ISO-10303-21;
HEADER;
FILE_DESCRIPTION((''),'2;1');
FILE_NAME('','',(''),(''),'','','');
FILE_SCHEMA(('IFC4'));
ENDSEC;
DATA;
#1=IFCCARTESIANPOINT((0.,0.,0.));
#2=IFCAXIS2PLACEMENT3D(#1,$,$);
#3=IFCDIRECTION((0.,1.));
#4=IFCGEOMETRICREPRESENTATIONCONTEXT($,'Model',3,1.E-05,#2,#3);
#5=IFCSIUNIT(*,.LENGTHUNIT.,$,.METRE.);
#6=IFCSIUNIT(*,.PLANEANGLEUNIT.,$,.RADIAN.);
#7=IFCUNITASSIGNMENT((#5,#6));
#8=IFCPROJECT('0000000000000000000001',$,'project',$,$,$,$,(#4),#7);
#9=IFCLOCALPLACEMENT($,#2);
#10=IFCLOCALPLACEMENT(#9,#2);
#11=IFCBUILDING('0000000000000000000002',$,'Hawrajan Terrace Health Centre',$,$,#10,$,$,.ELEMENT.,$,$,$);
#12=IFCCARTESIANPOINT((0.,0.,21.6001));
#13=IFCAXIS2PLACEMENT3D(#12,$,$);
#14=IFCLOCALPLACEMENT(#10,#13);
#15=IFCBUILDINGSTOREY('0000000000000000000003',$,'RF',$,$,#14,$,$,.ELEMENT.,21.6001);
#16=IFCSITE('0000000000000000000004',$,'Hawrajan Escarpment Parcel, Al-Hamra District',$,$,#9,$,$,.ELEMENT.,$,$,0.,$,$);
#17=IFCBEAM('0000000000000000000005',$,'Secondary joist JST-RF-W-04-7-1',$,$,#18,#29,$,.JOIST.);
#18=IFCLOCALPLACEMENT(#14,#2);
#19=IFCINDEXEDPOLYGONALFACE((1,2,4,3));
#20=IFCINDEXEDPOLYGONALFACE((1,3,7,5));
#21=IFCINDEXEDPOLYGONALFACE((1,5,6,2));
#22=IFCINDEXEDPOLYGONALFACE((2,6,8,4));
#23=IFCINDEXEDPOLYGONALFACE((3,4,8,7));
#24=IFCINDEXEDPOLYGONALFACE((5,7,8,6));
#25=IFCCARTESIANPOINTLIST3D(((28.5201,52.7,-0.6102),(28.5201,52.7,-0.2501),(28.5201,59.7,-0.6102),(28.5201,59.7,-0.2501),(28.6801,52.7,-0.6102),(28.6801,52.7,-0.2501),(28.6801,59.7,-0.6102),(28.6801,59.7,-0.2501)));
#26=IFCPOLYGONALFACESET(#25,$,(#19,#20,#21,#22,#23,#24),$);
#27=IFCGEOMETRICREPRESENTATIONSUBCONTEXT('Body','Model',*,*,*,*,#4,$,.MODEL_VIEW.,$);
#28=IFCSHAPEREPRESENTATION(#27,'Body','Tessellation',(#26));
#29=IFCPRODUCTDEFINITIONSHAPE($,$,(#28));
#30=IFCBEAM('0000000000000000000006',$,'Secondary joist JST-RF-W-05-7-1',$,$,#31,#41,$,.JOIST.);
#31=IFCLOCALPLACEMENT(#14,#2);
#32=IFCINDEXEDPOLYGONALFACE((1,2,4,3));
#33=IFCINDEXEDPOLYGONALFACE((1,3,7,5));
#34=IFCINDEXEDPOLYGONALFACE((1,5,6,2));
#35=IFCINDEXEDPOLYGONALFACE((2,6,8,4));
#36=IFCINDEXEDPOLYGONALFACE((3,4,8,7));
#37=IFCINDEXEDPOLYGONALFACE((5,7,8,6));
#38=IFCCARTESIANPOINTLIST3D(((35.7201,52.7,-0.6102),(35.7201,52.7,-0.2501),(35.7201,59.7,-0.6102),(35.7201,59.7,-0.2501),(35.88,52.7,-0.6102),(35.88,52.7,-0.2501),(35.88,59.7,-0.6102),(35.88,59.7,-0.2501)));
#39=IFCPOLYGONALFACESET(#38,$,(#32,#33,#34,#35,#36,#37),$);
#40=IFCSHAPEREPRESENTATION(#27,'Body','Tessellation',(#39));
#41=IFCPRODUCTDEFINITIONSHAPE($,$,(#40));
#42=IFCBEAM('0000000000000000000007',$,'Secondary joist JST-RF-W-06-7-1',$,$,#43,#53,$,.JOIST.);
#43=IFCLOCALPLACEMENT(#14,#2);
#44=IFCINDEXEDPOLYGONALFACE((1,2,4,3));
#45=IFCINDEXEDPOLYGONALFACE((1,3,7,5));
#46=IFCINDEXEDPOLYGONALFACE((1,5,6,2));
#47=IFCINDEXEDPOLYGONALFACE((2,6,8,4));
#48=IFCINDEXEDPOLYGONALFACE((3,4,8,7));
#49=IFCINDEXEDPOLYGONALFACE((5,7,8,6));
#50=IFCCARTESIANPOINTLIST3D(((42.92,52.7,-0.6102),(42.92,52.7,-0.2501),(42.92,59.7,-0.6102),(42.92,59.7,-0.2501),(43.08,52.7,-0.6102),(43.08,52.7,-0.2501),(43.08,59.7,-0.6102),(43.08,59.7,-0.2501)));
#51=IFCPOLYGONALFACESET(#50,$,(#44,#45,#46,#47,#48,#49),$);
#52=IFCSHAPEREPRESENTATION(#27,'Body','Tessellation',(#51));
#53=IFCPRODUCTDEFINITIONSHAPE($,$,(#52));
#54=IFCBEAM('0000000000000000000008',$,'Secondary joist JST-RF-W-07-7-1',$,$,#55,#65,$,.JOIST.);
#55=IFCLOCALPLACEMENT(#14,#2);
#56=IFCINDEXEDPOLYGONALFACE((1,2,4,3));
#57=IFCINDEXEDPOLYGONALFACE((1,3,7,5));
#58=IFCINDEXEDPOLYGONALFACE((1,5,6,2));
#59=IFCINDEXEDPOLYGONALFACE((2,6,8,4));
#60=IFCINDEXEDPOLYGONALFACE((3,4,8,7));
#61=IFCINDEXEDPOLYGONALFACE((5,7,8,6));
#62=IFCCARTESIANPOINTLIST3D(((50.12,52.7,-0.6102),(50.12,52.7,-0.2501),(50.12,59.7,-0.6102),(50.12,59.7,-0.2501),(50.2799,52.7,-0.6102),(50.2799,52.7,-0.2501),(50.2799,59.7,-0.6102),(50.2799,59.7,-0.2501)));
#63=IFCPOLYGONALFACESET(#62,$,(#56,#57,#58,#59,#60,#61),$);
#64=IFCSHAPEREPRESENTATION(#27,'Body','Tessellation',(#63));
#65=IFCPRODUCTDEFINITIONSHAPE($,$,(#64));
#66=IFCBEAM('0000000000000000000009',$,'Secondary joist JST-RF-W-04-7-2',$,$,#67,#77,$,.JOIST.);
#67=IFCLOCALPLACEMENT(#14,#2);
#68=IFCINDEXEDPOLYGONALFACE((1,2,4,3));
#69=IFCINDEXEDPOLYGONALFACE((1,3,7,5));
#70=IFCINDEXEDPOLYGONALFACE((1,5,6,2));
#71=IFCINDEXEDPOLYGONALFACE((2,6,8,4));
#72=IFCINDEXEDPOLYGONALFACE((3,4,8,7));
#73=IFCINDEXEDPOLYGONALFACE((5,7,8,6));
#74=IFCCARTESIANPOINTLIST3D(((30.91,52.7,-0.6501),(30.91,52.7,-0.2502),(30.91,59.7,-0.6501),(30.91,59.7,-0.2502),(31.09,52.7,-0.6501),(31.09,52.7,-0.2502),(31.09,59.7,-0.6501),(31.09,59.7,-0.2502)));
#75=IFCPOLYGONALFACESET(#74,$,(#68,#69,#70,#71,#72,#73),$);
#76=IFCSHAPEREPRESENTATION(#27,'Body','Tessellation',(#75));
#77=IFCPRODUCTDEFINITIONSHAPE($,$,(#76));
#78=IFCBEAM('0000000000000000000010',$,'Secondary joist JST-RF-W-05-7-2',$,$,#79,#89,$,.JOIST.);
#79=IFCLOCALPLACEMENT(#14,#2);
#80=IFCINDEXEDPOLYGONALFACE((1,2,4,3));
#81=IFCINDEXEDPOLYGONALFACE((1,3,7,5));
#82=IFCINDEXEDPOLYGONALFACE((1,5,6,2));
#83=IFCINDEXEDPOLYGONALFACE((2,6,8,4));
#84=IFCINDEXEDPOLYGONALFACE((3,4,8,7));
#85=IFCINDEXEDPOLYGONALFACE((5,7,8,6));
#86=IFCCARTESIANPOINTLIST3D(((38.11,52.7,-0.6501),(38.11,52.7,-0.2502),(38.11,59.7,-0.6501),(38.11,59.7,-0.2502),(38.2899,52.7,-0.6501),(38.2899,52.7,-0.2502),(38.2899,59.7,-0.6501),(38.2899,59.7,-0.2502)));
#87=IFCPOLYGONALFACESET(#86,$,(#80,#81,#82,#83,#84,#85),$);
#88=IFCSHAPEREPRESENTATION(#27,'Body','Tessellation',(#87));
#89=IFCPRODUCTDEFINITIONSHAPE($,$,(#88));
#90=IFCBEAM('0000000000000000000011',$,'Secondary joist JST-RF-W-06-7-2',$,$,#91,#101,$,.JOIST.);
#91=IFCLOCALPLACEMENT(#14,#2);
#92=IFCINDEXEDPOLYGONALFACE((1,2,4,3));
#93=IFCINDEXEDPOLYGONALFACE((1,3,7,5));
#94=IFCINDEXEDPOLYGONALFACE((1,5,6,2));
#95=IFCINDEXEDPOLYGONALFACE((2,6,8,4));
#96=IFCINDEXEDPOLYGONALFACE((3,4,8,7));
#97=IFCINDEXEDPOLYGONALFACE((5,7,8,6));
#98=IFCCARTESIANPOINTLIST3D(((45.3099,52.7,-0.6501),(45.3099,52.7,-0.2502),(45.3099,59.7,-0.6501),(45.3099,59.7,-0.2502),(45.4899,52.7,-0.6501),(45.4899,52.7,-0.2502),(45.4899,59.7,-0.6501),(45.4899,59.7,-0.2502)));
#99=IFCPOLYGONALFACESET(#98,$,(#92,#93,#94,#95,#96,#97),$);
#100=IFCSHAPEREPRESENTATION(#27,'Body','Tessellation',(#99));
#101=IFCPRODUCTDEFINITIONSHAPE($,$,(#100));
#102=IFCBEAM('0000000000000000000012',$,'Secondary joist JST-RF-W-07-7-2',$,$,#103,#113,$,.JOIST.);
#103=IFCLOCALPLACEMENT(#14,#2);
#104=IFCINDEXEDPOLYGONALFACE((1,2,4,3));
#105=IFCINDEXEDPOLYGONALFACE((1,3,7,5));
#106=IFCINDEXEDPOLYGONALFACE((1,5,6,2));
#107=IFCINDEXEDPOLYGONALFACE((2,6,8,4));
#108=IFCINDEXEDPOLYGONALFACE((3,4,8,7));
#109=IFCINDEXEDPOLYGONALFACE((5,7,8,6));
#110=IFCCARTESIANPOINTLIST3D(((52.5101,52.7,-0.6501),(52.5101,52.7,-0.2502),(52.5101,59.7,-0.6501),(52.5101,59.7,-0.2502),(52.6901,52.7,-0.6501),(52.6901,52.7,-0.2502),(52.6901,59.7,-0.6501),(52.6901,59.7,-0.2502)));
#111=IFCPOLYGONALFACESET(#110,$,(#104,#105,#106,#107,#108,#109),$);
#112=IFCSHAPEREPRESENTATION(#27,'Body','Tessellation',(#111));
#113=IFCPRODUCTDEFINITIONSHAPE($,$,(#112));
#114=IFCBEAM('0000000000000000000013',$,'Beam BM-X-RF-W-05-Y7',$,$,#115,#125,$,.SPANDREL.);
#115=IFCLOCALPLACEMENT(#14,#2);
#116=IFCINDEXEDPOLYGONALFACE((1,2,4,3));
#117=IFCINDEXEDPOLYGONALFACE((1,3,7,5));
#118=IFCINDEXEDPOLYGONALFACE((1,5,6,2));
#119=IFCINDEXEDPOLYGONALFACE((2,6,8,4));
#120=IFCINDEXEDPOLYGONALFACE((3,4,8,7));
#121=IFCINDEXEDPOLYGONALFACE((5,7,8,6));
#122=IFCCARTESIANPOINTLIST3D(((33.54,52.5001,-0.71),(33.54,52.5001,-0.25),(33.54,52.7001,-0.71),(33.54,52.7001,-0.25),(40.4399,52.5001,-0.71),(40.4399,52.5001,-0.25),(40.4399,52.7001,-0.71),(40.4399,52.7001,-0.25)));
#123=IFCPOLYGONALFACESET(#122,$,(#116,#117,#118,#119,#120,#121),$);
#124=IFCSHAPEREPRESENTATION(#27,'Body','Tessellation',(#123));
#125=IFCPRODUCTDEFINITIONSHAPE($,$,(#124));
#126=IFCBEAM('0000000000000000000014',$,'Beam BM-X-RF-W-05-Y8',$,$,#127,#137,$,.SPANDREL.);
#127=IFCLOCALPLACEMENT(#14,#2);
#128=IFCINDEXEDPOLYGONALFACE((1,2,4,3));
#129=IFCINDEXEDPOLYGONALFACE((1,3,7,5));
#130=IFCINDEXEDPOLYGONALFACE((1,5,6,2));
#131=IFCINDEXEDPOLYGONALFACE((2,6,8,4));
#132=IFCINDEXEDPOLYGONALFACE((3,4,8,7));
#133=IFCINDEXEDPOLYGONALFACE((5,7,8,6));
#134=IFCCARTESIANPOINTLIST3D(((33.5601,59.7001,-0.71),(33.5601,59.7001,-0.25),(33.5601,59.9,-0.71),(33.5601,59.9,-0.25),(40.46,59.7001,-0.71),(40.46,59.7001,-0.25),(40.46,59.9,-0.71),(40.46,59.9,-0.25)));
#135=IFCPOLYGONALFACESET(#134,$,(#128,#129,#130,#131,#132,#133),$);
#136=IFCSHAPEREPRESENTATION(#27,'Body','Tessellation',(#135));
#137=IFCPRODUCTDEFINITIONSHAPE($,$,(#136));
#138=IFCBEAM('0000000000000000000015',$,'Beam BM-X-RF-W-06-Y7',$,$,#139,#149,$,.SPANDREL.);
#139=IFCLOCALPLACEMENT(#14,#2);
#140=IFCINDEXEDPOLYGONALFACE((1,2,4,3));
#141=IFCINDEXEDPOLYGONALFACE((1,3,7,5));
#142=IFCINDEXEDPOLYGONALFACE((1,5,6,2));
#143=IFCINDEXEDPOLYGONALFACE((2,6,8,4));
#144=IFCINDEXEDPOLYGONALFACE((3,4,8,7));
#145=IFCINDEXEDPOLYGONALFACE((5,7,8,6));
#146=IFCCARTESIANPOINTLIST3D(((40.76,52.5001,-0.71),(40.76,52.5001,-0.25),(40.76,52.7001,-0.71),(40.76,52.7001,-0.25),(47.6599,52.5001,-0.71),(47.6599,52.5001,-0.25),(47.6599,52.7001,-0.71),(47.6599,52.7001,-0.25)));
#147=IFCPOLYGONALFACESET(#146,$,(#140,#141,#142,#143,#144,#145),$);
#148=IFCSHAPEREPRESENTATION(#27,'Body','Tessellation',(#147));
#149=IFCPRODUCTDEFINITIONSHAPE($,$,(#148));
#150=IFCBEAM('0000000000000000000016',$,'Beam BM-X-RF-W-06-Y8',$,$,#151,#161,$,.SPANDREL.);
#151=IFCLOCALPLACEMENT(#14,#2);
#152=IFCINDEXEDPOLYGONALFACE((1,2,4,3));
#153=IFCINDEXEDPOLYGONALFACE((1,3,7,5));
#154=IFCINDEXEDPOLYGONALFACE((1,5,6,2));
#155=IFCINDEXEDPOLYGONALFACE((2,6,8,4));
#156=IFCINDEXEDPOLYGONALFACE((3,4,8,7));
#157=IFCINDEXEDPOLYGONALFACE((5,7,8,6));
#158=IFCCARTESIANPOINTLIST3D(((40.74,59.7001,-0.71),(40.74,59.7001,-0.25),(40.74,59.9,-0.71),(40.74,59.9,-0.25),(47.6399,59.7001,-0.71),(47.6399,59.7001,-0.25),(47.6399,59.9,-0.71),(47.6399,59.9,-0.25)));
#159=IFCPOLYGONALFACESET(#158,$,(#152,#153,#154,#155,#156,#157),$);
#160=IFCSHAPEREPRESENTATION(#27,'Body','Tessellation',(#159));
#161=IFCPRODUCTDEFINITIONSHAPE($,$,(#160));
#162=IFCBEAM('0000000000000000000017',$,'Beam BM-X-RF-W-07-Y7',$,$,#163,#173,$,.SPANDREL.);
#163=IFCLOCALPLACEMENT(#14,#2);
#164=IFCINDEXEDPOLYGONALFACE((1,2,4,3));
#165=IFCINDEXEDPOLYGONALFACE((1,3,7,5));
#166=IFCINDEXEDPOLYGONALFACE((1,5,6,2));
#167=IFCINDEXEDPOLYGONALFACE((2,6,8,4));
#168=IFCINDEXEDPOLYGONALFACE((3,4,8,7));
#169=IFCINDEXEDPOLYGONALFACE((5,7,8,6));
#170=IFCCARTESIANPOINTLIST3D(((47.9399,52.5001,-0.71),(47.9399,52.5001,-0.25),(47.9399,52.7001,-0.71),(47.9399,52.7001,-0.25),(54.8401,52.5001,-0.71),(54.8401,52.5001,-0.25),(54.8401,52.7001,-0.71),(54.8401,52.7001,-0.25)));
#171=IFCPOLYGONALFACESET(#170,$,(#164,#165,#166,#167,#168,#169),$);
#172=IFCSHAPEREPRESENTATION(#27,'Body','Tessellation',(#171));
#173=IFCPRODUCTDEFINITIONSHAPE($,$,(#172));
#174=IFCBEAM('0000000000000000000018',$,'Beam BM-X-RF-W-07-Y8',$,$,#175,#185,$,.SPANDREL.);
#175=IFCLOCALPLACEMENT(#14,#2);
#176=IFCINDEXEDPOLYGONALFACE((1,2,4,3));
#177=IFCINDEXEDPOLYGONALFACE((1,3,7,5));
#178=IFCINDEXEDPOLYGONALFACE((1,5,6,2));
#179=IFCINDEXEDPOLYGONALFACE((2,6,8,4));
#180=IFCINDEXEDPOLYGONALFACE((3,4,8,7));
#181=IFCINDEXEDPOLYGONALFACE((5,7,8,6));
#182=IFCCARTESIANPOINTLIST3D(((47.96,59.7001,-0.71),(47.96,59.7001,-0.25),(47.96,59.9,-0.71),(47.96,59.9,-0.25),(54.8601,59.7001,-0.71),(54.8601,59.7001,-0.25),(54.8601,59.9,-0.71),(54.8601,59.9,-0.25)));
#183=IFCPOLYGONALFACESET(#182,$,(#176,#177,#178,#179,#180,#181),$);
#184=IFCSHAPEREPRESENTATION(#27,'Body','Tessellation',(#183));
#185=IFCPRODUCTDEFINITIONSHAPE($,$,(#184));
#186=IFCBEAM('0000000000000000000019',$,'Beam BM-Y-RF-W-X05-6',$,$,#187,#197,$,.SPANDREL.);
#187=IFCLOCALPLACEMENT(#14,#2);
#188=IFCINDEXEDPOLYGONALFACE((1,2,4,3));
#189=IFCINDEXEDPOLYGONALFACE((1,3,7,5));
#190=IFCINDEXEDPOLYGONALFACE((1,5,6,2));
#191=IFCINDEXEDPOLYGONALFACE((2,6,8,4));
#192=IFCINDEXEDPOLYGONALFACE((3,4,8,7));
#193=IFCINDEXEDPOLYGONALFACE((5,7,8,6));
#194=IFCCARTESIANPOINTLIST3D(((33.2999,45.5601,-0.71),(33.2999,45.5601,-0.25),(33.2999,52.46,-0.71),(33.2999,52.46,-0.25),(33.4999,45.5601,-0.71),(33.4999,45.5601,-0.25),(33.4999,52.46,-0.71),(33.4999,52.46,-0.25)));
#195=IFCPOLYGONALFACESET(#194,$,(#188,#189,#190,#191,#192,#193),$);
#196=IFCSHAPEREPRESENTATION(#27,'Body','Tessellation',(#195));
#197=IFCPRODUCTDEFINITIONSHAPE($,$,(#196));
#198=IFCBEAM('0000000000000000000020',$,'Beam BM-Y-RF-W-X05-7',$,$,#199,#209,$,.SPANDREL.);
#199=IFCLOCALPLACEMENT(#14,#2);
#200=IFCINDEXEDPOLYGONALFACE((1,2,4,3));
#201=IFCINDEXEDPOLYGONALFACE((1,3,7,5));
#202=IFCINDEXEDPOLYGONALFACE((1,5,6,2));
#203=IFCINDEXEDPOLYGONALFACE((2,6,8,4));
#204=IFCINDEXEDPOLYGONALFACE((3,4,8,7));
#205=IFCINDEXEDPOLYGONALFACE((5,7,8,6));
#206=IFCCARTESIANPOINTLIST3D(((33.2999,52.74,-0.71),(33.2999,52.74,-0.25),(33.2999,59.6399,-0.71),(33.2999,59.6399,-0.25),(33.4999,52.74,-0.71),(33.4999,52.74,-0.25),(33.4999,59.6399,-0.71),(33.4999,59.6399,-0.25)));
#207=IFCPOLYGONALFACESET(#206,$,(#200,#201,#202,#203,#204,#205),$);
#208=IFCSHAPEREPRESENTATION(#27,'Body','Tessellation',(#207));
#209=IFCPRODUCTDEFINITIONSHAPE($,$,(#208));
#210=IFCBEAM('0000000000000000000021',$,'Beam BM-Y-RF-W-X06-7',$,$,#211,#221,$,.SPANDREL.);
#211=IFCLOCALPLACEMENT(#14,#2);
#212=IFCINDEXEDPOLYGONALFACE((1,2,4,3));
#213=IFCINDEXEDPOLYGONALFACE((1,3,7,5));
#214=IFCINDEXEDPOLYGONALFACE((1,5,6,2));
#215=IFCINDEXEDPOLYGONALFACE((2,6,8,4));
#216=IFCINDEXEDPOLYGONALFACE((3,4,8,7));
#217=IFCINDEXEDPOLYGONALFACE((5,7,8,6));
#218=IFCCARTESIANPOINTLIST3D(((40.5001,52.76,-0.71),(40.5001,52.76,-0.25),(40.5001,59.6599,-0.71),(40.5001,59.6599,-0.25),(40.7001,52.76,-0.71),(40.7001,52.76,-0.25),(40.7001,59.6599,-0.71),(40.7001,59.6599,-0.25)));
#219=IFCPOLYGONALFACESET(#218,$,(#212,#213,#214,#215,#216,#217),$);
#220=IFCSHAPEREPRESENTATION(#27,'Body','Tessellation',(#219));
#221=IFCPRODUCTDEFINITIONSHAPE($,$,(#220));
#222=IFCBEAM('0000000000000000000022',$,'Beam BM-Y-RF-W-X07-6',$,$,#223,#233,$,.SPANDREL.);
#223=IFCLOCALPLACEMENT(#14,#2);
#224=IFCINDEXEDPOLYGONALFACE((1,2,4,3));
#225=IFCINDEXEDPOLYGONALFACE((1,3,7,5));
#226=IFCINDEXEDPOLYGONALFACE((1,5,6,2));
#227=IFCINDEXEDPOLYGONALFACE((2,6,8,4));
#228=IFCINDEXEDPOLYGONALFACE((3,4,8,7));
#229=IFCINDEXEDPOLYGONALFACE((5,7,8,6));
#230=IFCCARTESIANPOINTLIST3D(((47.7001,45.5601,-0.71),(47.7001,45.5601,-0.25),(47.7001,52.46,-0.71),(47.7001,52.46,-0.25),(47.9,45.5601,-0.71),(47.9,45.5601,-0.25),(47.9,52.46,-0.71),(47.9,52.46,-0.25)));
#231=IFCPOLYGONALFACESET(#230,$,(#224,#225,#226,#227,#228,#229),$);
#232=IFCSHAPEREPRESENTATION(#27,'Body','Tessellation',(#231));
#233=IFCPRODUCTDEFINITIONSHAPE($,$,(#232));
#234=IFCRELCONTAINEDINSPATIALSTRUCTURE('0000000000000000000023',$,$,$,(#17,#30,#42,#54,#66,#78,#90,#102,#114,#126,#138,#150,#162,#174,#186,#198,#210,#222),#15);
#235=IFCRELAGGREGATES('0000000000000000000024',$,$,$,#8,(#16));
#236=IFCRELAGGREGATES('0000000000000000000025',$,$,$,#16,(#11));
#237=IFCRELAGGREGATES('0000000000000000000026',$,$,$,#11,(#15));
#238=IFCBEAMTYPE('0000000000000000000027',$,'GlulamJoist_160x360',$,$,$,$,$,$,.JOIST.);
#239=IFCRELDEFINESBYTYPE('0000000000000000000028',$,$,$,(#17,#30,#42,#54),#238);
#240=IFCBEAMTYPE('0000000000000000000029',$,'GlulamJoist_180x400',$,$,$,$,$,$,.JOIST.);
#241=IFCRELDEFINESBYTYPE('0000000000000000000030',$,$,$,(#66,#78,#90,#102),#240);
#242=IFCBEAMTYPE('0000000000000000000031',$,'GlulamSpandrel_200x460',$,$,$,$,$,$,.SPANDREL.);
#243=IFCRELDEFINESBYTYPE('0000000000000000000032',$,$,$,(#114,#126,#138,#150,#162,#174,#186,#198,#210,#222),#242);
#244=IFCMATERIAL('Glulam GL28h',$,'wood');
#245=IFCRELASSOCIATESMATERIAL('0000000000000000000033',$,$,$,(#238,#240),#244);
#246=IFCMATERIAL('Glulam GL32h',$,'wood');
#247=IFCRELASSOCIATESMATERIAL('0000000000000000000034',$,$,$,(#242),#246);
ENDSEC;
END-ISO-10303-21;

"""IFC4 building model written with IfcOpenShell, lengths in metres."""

from ifc_helpers import new_model, si_unit, direction, frame, origin, origin_2d, place, context, subcontext, project, spatial, rectangle, extrude, material, material_profile, profile_set, type_object, element, save


model = new_model("IFC4")

# Units and contexts
model_context = context("Model", 3, precision=1e-05, world=origin(), true_north=direction((0.0, 1.0)))
body_context = subcontext(model_context, "Body", "Model", "MODEL_VIEW")
ifc_project = project(units=[si_unit("LENGTHUNIT", "METRE"), si_unit("PLANEANGLEUNIT", "RADIAN")], contexts=[model_context])

# Site, building, storey
site_placement = place(None, origin())
site = spatial("IfcSite", under=ifc_project, at=site_placement, Name="Hawrajan Escarpment Parcel, Al-Hamra District", CompositionType="ELEMENT", RefElevation=0.0)
building_placement = place(site_placement, origin())
building = spatial("IfcBuilding", under=site, at=building_placement, Name="Hawrajan Terrace Health Centre", CompositionType="ELEMENT")
storey_placement = place(building_placement, frame((0.0, 0.0, 21.6001)))
storey = spatial("IfcBuildingStorey", under=building, at=storey_placement, Name="RF", CompositionType="ELEMENT", Elevation=21.6001)

# Beams
ifc_material_1 = material(Name="Glulam GL28h", Category="wood")
ifc_material_profile_1 = material_profile(ifc_material_1, rectangle(XDim=0.1599, YDim=0.3601, at=origin_2d()), Name="GL JST 160x360")
ifc_profile_set_1 = profile_set([ifc_material_profile_1], Name="Glulam GL28h")
beam_type_1 = type_object("IfcBeamType", Name="GlulamJoist_160x360", PredefinedType="JOIST", material=ifc_profile_set_1)
for number, where, z_axis, x_axis, name in (
    (1, (28.6001, 52.7, -0.4302), (0.0, 1.0, 0.0), (-1.0, 0.0, 0.0), "Secondary joist JST-RF-W-04-7-1"),
    (2, (35.8, 52.7, -0.4302), (0.0, 1.0, 0.0), (-1.0, 0.0, 0.0), "Secondary joist JST-RF-W-05-7-1"),
    (3, (43.0, 52.7, -0.4302), (0.0, 1.0, 0.0), (-1.0, 0.0, 0.0), "Secondary joist JST-RF-W-06-7-1"),
    (4, (50.2, 52.7, -0.4302), (0.0, 1.0, 0.0), (-1.0, 0.0, 0.0), "Secondary joist JST-RF-W-07-7-1"),
):
    element("IfcBeam", number, at=place(storey_placement, frame(where, z_axis=z_axis, x_axis=x_axis)), inside=storey, type_object=beam_type_1, Name=name, PredefinedType="JOIST", context=body_context, shape_type="SweptSolid", body=[
        extrude(rectangle(XDim=0.1599, YDim=0.3601, at=origin_2d()), origin(), (0.0, 0.0, 1.0), 7.0),
    ])
ifc_material_profile_2 = material_profile(ifc_material_1, rectangle(XDim=0.1799, YDim=0.3999, at=origin_2d()), Name="GL JST 180x400")
ifc_profile_set_2 = profile_set([ifc_material_profile_2], Name="Glulam GL28h")
beam_type_2 = type_object("IfcBeamType", Name="GlulamJoist_180x400", PredefinedType="JOIST", material=ifc_profile_set_2)
for number, where, z_axis, x_axis, name in (
    (5, (31.0, 52.7, -0.4502), (0.0, 1.0, 0.0), (-1.0, 0.0, 0.0), "Secondary joist JST-RF-W-04-7-2"),
    (6, (38.2, 52.7, -0.4502), (0.0, 1.0, 0.0), (-1.0, 0.0, 0.0), "Secondary joist JST-RF-W-05-7-2"),
    (7, (45.3999, 52.7, -0.4502), (0.0, 1.0, 0.0), (-1.0, 0.0, 0.0), "Secondary joist JST-RF-W-06-7-2"),
    (8, (52.6001, 52.7, -0.4502), (0.0, 1.0, 0.0), (-1.0, 0.0, 0.0), "Secondary joist JST-RF-W-07-7-2"),
):
    element("IfcBeam", number, at=place(storey_placement, frame(where, z_axis=z_axis, x_axis=x_axis)), inside=storey, type_object=beam_type_2, Name=name, PredefinedType="JOIST", context=body_context, shape_type="SweptSolid", body=[
        extrude(rectangle(XDim=0.1799, YDim=0.3999, at=origin_2d()), origin(), (0.0, 0.0, 1.0), 7.0),
    ])
ifc_material_2 = material(Name="Glulam GL32h", Category="wood")
ifc_material_profile_3 = material_profile(ifc_material_2, rectangle(XDim=0.2, YDim=0.46, at=origin_2d()), Name="GL SP 200x460")
ifc_profile_set_3 = profile_set([ifc_material_profile_3], Name="Glulam GL32h")
beam_type_3 = type_object("IfcBeamType", Name="GlulamSpandrel_200x460", PredefinedType="SPANDREL", material=ifc_profile_set_3)
for number, where, z_axis, x_axis, name in (
    (9, (33.54, 52.6001, -0.48), (1.0, 0.0, 0.0), (0.0, 1.0, 0.0), "Beam BM-X-RF-W-05-Y7"),
    (10, (33.5601, 59.8, -0.48), (1.0, 0.0, 0.0), (0.0, 1.0, 0.0), "Beam BM-X-RF-W-05-Y8"),
    (11, (40.76, 52.6001, -0.48), (1.0, 0.0, 0.0), (0.0, 1.0, 0.0), "Beam BM-X-RF-W-06-Y7"),
    (12, (40.74, 59.8, -0.48), (1.0, 0.0, 0.0), (0.0, 1.0, 0.0), "Beam BM-X-RF-W-06-Y8"),
):
    element("IfcBeam", number, at=place(storey_placement, frame(where, z_axis=z_axis, x_axis=x_axis)), inside=storey, type_object=beam_type_3, Name=name, PredefinedType="SPANDREL", context=body_context, shape_type="SweptSolid", body=[
        extrude(rectangle(XDim=0.2, YDim=0.46, at=origin_2d()), origin(), (0.0, 0.0, 1.0), 6.8999),
    ])
for number, where, z_axis, x_axis, name in (
    (13, (47.9399, 52.6001, -0.48), (1.0, 0.0, 0.0), (0.0, 1.0, 0.0), "Beam BM-X-RF-W-07-Y7"),
    (14, (47.96, 59.8, -0.48), (1.0, 0.0, 0.0), (0.0, 1.0, 0.0), "Beam BM-X-RF-W-07-Y8"),
):
    element("IfcBeam", number, at=place(storey_placement, frame(where, z_axis=z_axis, x_axis=x_axis)), inside=storey, type_object=beam_type_3, Name=name, PredefinedType="SPANDREL", context=body_context, shape_type="SweptSolid", body=[
        extrude(rectangle(XDim=0.2, YDim=0.46, at=origin_2d()), origin(), (0.0, 0.0, 1.0), 6.9001),
    ])
for number, where, z_axis, x_axis, name in (
    (15, (33.3999, 45.5601, -0.48), (0.0, 1.0, 0.0), (-1.0, 0.0, 0.0), "Beam BM-Y-RF-W-X05-6"),
    (16, (33.3999, 52.74, -0.48), (0.0, 1.0, 0.0), (-1.0, 0.0, 0.0), "Beam BM-Y-RF-W-X05-7"),
    (17, (40.6001, 52.76, -0.48), (0.0, 1.0, 0.0), (-1.0, 0.0, 0.0), "Beam BM-Y-RF-W-X06-7"),
    (18, (47.8, 45.5601, -0.48), (0.0, 1.0, 0.0), (-1.0, 0.0, 0.0), "Beam BM-Y-RF-W-X07-6"),
):
    element("IfcBeam", number, at=place(storey_placement, frame(where, z_axis=z_axis, x_axis=x_axis)), inside=storey, type_object=beam_type_3, Name=name, PredefinedType="SPANDREL", context=body_context, shape_type="SweptSolid", body=[
        extrude(rectangle(XDim=0.2, YDim=0.46, at=origin_2d()), origin(), (0.0, 0.0, 1.0), 6.8999),
    ])

save(model, "model.ifc")
